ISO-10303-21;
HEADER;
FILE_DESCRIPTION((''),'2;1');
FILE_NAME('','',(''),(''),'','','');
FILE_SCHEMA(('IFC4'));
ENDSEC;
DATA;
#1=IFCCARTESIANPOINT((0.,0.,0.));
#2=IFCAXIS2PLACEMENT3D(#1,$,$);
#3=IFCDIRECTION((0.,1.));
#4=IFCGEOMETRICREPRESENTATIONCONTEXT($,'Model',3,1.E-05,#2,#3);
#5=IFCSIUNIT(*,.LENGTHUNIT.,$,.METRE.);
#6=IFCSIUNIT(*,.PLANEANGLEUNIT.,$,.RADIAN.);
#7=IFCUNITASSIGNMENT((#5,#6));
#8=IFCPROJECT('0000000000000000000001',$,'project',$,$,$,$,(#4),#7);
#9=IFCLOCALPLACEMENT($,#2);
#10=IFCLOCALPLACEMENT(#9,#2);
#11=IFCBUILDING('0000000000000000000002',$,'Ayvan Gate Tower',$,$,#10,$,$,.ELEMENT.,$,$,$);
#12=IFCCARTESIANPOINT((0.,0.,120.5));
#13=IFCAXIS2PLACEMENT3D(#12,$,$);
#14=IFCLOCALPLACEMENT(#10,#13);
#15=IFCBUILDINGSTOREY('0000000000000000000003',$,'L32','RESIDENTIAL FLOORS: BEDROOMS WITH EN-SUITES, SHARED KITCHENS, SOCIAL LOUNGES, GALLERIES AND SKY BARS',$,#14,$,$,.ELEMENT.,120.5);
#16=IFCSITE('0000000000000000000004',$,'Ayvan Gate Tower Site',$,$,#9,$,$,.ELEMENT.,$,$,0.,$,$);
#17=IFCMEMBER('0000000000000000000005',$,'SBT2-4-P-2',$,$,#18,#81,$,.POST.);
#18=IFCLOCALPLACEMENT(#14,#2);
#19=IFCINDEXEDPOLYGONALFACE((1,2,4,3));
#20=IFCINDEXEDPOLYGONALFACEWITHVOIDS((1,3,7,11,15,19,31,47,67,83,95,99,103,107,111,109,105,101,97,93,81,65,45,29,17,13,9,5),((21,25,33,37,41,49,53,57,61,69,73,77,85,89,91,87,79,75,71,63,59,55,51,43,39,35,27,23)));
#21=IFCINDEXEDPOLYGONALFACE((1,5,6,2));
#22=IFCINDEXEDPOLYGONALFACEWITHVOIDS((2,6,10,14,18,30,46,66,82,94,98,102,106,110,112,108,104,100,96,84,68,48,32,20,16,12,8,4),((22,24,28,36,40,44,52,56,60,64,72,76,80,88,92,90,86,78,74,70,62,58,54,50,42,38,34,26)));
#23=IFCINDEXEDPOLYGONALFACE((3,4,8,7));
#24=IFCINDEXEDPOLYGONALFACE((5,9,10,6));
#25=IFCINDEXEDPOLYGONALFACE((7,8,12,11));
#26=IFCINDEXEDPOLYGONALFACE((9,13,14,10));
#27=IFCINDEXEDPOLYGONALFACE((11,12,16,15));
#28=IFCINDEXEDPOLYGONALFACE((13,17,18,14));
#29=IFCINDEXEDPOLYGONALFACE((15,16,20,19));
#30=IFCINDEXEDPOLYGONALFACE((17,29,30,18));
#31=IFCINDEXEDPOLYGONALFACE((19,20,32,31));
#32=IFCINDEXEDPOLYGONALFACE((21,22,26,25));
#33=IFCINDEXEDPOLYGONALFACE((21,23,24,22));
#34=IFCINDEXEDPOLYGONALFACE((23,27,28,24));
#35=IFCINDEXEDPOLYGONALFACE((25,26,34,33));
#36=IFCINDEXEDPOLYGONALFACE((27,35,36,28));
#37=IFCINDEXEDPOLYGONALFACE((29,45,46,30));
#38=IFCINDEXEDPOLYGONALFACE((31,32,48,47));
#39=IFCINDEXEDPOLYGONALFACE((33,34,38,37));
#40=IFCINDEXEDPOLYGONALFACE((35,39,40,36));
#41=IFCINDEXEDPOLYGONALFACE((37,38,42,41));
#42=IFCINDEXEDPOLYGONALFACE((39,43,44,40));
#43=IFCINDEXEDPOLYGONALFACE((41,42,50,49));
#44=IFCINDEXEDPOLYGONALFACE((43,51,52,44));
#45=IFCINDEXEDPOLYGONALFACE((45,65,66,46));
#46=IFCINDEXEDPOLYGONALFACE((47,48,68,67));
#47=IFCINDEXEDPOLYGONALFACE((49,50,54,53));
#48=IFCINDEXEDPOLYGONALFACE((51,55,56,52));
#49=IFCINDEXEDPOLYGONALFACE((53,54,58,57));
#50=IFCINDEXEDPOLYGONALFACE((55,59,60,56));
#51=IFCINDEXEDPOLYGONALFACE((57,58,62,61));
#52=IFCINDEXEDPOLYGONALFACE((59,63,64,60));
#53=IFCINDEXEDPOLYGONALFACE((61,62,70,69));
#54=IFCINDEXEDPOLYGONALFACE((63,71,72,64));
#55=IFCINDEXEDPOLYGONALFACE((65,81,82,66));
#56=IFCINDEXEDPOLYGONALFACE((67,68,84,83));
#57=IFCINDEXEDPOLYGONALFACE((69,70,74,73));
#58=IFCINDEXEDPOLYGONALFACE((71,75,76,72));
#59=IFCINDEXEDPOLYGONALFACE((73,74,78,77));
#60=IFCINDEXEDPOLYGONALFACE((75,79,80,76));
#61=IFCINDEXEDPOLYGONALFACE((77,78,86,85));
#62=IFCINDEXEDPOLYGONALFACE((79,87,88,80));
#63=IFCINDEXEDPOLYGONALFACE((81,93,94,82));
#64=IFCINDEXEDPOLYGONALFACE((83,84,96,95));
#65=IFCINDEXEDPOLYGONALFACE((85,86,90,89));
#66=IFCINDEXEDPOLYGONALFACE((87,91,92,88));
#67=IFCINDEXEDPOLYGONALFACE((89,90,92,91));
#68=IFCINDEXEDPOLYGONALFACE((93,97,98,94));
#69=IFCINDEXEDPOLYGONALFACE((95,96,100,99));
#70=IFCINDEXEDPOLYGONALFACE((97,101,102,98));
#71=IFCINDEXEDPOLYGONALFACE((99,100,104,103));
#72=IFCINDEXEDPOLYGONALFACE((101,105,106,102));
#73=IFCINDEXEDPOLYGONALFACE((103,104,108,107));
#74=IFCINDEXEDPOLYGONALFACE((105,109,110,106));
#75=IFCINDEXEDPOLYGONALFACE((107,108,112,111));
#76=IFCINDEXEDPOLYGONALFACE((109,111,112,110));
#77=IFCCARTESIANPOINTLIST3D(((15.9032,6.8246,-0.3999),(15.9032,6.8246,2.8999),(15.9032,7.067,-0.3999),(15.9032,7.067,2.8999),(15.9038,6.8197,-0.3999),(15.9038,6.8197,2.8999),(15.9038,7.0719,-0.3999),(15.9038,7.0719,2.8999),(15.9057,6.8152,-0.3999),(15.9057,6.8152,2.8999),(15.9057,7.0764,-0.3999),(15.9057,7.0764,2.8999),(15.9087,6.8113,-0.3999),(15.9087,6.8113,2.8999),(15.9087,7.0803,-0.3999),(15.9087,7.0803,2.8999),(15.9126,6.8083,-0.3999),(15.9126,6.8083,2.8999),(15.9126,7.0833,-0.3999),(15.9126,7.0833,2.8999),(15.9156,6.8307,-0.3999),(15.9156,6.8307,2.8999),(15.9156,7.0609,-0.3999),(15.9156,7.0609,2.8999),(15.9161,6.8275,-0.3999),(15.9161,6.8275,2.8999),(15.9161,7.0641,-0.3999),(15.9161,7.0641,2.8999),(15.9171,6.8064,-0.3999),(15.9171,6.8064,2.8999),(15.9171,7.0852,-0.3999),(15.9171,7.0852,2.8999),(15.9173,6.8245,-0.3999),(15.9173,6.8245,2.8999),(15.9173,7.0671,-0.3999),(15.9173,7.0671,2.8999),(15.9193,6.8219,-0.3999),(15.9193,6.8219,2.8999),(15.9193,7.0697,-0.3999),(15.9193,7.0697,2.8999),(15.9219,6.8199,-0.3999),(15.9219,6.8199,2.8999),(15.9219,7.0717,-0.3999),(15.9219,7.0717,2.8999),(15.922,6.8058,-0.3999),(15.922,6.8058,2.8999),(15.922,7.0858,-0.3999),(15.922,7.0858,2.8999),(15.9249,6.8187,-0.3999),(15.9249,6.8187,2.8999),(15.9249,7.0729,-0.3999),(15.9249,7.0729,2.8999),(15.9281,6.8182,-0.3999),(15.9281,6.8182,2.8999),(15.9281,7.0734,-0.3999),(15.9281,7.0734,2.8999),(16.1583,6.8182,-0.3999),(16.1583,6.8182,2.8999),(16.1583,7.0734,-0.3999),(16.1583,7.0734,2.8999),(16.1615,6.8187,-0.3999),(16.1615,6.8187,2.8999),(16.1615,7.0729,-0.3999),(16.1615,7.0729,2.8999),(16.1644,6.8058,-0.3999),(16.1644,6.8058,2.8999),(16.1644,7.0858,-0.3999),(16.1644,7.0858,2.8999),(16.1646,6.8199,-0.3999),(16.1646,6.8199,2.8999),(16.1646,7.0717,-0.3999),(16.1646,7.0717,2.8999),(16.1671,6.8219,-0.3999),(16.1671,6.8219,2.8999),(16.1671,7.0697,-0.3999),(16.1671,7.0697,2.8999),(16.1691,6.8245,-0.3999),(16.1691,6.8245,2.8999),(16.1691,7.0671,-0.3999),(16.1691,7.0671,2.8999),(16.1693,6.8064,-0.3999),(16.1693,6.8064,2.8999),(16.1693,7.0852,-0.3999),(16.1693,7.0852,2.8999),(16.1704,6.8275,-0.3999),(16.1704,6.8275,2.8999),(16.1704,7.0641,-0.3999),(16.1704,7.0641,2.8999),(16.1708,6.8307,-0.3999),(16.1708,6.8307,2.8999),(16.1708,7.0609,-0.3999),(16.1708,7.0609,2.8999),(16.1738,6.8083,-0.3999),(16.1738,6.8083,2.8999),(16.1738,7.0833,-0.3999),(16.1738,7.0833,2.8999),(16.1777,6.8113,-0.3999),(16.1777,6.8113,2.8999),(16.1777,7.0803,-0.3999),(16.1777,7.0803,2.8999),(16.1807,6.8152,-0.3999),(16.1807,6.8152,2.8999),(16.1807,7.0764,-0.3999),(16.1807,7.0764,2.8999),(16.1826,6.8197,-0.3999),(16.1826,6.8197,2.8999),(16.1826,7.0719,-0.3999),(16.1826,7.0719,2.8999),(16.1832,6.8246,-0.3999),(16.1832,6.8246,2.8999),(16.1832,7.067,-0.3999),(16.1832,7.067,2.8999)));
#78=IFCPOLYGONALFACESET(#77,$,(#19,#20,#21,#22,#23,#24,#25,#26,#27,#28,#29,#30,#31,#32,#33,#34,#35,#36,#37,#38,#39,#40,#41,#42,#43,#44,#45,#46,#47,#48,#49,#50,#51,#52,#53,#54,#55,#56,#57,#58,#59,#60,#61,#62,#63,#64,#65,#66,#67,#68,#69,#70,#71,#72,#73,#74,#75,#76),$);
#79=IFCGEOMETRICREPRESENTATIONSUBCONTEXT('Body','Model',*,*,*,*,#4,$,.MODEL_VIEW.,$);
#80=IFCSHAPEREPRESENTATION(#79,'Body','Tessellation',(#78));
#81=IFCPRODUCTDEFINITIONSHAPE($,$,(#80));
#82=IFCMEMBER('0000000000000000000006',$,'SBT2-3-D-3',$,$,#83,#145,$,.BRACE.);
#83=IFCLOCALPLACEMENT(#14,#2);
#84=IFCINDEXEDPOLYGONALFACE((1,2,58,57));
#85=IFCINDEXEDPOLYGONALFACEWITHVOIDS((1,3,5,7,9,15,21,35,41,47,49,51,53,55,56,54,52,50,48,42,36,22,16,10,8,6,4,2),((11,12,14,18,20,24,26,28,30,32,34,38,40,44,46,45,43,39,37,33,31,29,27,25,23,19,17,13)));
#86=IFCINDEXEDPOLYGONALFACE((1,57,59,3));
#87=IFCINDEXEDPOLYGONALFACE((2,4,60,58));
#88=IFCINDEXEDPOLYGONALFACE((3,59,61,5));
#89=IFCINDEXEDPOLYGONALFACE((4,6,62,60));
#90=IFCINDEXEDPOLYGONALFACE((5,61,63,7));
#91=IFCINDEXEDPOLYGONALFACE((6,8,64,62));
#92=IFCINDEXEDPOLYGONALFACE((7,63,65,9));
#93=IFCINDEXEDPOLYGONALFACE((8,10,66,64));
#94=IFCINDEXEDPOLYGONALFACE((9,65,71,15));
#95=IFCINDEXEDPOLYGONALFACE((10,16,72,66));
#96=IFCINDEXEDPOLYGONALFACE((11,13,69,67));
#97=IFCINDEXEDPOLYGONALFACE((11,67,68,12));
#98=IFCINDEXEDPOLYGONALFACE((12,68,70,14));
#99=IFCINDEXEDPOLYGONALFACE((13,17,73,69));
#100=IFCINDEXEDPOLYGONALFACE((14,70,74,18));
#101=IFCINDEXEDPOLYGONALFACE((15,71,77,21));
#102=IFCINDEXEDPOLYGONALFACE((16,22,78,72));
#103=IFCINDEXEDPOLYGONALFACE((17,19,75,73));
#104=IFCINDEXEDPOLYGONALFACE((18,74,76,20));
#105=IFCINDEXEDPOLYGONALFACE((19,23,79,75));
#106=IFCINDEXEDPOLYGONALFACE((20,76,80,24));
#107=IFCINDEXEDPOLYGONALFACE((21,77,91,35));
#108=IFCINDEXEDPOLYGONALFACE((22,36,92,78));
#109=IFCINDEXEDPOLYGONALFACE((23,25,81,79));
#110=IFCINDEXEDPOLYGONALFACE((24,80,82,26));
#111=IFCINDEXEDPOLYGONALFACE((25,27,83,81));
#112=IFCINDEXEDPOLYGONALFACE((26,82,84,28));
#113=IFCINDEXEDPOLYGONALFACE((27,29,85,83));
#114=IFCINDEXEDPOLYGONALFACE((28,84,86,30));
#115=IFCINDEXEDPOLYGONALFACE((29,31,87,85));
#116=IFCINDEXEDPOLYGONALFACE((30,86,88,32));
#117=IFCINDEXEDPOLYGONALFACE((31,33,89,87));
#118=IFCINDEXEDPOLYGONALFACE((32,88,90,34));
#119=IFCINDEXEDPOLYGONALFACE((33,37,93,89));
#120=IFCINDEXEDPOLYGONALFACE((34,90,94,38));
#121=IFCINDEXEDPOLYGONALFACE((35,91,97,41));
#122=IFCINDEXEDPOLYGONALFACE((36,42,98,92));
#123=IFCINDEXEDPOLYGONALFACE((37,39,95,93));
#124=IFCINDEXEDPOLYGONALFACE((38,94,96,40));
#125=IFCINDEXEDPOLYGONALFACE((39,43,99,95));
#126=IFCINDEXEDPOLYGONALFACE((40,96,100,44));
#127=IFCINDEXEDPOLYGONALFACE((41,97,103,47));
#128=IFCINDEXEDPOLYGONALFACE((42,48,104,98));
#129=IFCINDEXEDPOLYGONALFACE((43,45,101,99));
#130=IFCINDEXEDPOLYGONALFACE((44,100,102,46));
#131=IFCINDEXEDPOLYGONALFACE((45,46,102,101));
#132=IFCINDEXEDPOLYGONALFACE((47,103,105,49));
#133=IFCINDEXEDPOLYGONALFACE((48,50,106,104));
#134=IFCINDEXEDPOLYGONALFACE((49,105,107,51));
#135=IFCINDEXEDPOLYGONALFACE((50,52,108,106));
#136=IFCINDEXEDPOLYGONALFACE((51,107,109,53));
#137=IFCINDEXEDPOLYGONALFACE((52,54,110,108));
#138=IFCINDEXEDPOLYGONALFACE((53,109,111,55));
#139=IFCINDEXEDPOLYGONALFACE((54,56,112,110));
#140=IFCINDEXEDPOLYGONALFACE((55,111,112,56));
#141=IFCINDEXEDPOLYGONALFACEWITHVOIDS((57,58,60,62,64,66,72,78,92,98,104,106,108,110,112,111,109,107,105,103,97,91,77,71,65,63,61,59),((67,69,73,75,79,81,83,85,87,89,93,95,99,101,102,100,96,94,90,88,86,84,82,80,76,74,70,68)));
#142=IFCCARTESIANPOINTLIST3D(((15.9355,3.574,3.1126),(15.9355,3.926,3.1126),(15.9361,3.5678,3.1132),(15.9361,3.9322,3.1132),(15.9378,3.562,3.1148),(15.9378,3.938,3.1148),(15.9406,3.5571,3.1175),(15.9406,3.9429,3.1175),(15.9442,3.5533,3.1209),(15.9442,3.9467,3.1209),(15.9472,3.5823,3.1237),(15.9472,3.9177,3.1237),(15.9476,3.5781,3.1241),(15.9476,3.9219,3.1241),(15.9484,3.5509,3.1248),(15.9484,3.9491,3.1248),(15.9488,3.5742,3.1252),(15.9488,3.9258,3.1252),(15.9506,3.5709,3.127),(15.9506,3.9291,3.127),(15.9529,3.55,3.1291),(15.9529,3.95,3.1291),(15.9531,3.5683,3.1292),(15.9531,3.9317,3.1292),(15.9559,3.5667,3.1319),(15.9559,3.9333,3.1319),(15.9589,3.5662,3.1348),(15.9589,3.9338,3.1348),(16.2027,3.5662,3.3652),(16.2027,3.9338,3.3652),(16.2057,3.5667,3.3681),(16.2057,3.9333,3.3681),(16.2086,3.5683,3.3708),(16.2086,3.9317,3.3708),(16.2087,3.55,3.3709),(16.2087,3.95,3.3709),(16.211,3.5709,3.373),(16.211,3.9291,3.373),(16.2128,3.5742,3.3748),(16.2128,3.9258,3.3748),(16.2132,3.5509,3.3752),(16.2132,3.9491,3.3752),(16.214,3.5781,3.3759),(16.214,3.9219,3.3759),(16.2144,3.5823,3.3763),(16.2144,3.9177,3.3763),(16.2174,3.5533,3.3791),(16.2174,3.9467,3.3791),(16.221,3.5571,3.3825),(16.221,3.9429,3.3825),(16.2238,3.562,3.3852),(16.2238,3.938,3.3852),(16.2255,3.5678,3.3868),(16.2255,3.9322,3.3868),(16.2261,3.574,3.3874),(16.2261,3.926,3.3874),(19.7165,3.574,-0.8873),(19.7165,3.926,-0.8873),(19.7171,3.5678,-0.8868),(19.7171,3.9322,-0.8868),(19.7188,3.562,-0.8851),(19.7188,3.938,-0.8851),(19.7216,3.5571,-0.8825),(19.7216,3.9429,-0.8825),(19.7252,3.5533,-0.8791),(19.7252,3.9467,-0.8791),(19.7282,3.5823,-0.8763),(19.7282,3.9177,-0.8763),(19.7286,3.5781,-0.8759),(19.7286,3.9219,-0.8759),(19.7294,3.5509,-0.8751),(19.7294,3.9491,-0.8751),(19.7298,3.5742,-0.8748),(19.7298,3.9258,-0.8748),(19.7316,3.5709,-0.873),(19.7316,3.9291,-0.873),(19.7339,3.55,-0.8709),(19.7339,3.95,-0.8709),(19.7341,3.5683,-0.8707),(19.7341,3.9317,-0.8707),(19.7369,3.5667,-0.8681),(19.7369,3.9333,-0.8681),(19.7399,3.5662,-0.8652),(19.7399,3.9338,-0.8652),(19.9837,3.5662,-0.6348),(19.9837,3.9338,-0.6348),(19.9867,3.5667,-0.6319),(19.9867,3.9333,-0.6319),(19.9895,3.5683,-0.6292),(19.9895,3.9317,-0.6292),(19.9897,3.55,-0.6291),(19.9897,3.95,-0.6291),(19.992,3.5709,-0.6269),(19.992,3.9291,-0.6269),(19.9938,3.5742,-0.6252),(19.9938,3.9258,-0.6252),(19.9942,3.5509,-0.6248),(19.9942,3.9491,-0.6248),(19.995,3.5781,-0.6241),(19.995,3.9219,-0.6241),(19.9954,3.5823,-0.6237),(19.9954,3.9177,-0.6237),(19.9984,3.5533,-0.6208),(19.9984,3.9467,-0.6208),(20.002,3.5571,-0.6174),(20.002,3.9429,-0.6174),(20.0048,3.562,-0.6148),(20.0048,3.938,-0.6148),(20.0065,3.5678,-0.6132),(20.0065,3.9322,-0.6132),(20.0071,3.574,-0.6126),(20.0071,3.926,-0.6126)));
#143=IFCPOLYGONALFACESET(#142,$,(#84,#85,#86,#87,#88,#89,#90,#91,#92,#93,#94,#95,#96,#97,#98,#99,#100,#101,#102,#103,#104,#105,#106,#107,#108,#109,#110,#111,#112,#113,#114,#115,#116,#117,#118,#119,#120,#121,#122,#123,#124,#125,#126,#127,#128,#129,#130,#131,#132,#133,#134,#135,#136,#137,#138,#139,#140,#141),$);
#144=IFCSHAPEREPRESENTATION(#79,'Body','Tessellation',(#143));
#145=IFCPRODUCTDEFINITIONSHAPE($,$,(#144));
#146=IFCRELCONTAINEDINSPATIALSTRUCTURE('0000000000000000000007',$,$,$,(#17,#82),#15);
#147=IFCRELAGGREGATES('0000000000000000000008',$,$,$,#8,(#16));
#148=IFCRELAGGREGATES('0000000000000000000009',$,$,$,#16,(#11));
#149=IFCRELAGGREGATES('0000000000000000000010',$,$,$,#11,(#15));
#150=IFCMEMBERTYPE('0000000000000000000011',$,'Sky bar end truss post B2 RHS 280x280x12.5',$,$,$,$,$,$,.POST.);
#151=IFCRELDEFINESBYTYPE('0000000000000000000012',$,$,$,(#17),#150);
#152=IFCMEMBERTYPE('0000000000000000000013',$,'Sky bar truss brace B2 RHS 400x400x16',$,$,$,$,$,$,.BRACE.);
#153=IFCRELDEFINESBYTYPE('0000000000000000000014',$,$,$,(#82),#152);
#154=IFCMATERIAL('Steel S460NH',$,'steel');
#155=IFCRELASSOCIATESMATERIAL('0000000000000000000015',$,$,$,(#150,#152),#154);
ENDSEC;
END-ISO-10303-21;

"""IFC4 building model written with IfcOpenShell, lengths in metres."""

from ifc_helpers import new_model, si_unit, direction, frame, origin, origin_2d, place, context, subcontext, project, spatial, hollow_rectangle, extrude, material, material_profile, profile_set, type_object, element, save


model = new_model("IFC4")

# Units and contexts
model_context = context("Model", 3, precision=1e-05, world=origin(), true_north=direction((0.0, 1.0)))
body_context = subcontext(model_context, "Body", "Model", "MODEL_VIEW")
ifc_project = project(units=[si_unit("LENGTHUNIT", "METRE"), si_unit("PLANEANGLEUNIT", "RADIAN")], contexts=[model_context])

# Site, building, storey
site_placement = place(None, origin())
site = spatial("IfcSite", under=ifc_project, at=site_placement, Name="Ayvan Gate Tower Site", CompositionType="ELEMENT", RefElevation=0.0)
building_placement = place(site_placement, origin())
building = spatial("IfcBuilding", under=site, at=building_placement, Name="Ayvan Gate Tower", CompositionType="ELEMENT")
storey_placement = place(building_placement, frame((0.0, 0.0, 120.5)))
storey = spatial("IfcBuildingStorey", under=building, at=storey_placement, Name="L32", Description="RESIDENTIAL FLOORS: BEDROOMS WITH EN-SUITES, SHARED KITCHENS, SOCIAL LOUNGES, GALLERIES AND SKY BARS", CompositionType="ELEMENT", Elevation=120.5)

# Members
ifc_material_1 = material(Name="Steel S460NH", Category="steel")
ifc_material_profile_1 = material_profile(ifc_material_1, hollow_rectangle(XDim=0.28, YDim=0.28, WallThickness=0.0125, InnerFilletRadius=0.0125, OuterFilletRadius=0.0188, at=origin_2d()), Name="RHS 280x280x12.5")
ifc_profile_set_1 = profile_set([ifc_material_profile_1], Name="Steel S460NH")
member_type_1 = type_object("IfcMemberType", Name="Sky bar end truss post B2 RHS 280x280x12.5", PredefinedType="POST", material=ifc_profile_set_1)
for number, where, z_axis, x_axis, name in (
    (1, (16.0432, 6.9458, -0.3999), (0.0, 0.0, 1.0), (1.0, 0.0, 0.0), "SBT2-4-P-2"),
):
    element("IfcMember", number, at=place(storey_placement, frame(where, z_axis=z_axis, x_axis=x_axis)), inside=storey, type_object=member_type_1, Name=name, PredefinedType="POST", context=body_context, shape_type="SweptSolid", body=[
        extrude(hollow_rectangle(XDim=0.28, YDim=0.28, WallThickness=0.0125, InnerFilletRadius=0.0125, OuterFilletRadius=0.0188, at=origin_2d()), origin(), (0.0, 0.0, 1.0), 3.2998),
    ])
ifc_material_profile_2 = material_profile(ifc_material_1, hollow_rectangle(XDim=0.3999, YDim=0.3999, WallThickness=0.0161, InnerFilletRadius=0.0161, OuterFilletRadius=0.0239, at=origin_2d()), Name="RHS 400x400x16")
ifc_profile_set_2 = profile_set([ifc_material_profile_2], Name="Steel S460NH")
member_type_2 = type_object("IfcMemberType", Name="Sky bar truss brace B2 RHS 400x400x16", PredefinedType="BRACE", material=ifc_profile_set_2)
member_1_placement = place(storey_placement, frame((16.0808, 3.75, 3.25), z_axis=(0.686933, 0.0, -0.72672), x_axis=(0.0, 1.0, 0.0)))
element("IfcMember", 2, at=member_1_placement, inside=storey, type_object=member_type_2, Name="SBT2-3-D-3", PredefinedType="BRACE", context=body_context, shape_type="SweptSolid", body=[
    extrude(hollow_rectangle(XDim=0.3999, YDim=0.3999, WallThickness=0.0161, InnerFilletRadius=0.0161, OuterFilletRadius=0.0239, at=origin_2d()), origin(), (0.0, 0.0, 1.0), 5.5042),
])

save(model, "model.ifc")
